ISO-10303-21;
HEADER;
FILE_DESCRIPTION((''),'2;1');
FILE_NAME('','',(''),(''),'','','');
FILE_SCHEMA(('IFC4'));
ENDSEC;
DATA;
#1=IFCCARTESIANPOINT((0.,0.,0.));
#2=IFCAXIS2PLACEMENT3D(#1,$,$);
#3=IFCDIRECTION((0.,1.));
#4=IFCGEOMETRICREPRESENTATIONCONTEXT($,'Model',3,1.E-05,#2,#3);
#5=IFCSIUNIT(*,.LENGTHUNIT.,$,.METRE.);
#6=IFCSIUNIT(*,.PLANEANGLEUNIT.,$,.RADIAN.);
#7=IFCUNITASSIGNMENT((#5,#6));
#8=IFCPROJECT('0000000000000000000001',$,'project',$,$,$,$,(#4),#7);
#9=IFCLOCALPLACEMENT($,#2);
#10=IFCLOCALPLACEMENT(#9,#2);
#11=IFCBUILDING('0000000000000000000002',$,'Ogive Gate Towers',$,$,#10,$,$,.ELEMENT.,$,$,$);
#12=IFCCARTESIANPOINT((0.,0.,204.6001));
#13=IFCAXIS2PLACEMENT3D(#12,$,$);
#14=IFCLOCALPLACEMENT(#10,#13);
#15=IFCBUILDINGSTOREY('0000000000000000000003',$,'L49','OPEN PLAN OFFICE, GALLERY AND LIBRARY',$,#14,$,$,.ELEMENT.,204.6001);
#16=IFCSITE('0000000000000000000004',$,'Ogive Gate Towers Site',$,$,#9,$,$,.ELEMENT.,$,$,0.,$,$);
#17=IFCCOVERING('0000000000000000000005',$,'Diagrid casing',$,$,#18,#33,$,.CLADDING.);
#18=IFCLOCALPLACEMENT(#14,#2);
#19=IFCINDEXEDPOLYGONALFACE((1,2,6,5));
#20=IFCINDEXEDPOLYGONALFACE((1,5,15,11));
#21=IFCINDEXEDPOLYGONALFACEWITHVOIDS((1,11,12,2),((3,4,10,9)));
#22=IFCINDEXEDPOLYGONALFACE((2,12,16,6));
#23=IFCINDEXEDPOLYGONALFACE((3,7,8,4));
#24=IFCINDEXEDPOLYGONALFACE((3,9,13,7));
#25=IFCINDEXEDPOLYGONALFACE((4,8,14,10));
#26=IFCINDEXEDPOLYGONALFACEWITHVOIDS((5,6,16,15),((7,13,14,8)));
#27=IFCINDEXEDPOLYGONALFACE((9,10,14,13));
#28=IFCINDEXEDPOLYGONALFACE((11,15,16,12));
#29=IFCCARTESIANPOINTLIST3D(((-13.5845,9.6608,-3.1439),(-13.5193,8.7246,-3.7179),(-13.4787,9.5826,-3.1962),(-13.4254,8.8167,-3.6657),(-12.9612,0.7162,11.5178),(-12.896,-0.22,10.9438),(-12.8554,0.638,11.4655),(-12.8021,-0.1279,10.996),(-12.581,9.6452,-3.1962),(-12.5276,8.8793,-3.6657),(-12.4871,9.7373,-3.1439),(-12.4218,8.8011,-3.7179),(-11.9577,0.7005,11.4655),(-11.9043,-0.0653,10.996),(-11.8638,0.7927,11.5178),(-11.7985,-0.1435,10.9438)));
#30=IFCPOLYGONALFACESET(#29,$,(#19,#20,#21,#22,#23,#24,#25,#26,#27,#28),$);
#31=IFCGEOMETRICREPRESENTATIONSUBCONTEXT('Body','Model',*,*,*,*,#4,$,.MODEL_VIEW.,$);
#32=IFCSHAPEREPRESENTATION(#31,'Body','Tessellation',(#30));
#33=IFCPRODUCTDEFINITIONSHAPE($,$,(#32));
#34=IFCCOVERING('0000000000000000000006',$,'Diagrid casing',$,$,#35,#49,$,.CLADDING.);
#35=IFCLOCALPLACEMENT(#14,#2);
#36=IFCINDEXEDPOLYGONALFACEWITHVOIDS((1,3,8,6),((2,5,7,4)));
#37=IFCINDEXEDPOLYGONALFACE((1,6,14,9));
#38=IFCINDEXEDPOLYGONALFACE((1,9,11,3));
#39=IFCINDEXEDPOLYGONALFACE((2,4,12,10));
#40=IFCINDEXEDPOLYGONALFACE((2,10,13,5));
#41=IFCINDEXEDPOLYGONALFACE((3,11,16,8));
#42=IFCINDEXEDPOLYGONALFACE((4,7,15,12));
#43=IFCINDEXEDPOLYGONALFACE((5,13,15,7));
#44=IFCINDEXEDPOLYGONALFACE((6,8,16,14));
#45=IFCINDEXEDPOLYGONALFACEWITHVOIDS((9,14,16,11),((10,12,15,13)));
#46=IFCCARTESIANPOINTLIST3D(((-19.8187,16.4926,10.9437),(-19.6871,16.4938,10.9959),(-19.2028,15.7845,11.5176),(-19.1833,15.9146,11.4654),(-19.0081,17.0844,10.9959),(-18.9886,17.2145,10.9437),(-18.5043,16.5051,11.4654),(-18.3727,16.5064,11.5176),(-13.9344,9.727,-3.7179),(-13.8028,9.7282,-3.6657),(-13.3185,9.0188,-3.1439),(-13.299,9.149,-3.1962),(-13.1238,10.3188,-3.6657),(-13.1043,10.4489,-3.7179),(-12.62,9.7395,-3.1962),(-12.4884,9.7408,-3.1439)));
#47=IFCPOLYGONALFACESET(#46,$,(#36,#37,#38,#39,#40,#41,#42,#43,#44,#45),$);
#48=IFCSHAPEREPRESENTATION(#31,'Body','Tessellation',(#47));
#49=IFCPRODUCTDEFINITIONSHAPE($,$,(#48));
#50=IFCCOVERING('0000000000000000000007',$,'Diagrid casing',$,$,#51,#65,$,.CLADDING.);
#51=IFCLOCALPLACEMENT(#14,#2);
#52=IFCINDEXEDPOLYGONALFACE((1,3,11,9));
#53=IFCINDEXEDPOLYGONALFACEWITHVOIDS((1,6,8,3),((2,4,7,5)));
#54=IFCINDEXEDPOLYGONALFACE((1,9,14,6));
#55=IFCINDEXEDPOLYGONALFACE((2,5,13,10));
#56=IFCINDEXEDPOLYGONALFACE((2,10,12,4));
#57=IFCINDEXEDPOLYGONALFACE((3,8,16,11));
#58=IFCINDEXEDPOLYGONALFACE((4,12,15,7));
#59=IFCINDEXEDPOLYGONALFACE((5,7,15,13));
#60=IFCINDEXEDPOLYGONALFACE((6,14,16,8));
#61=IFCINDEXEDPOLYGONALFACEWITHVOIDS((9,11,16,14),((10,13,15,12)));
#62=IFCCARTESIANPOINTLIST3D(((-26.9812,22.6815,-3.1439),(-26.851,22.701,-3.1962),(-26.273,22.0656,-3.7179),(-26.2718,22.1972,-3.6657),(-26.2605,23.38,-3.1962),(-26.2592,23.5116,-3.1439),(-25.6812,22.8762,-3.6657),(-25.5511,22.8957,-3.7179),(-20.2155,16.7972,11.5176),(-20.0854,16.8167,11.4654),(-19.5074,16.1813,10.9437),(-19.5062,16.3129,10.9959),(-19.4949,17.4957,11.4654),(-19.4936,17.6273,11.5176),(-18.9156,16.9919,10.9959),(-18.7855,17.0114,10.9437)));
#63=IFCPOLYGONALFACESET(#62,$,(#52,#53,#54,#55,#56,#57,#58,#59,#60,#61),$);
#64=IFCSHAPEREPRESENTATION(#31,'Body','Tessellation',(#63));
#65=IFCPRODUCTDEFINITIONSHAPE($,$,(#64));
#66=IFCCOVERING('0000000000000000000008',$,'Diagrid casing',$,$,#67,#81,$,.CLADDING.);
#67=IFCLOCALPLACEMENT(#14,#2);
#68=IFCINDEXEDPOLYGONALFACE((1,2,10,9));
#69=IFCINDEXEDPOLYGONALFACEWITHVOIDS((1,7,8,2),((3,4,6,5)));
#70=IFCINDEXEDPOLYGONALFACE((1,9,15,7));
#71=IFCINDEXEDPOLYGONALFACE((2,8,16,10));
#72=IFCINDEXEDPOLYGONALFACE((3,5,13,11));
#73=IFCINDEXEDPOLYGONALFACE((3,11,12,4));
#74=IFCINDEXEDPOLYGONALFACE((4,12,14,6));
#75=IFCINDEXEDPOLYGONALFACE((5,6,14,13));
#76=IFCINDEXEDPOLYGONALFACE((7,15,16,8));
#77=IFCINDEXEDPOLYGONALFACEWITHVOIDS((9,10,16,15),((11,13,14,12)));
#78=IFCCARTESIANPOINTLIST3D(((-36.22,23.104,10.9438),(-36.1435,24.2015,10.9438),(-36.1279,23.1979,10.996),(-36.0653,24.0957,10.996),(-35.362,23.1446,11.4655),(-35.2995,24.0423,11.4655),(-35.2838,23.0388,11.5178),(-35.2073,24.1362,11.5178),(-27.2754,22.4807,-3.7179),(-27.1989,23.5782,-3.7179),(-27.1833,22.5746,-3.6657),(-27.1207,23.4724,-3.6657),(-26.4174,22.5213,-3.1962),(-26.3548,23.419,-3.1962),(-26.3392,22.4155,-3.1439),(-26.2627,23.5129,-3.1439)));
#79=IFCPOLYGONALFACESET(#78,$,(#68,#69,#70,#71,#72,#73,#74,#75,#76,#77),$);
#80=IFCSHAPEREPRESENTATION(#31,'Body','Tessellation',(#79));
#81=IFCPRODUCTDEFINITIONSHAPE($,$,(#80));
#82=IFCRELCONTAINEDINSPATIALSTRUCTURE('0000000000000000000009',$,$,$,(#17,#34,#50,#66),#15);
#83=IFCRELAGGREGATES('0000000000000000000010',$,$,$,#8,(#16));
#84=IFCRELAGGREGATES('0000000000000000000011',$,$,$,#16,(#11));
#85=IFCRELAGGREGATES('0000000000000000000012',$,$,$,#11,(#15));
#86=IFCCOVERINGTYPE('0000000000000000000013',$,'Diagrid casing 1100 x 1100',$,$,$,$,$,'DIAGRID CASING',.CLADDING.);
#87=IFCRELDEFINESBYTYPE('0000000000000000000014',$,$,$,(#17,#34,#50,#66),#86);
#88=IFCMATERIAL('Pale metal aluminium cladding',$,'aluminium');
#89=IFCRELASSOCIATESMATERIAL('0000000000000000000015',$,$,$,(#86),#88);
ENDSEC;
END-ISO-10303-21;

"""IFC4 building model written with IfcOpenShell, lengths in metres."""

from ifc_helpers import new_model, si_unit, direction, frame, origin, origin_2d, place, context, subcontext, project, spatial, hollow_rectangle, extrude, material, material_profile, profile_set, type_object, element, save


model = new_model("IFC4")

# Units and contexts
model_context = context("Model", 3, precision=1e-05, world=origin(), true_north=direction((0.0, 1.0)))
body_context = subcontext(model_context, "Body", "Model", "MODEL_VIEW")
ifc_project = project(units=[si_unit("LENGTHUNIT", "METRE"), si_unit("PLANEANGLEUNIT", "RADIAN")], contexts=[model_context])

# Site, building, storey
site_placement = place(None, origin())
site = spatial("IfcSite", under=ifc_project, at=site_placement, Name="Ogive Gate Towers Site", CompositionType="ELEMENT", RefElevation=0.0)
building_placement = place(site_placement, origin())
building = spatial("IfcBuilding", under=site, at=building_placement, Name="Ogive Gate Towers", CompositionType="ELEMENT")
storey_placement = place(building_placement, frame((0.0, 0.0, 204.6001)))
storey = spatial("IfcBuildingStorey", under=building, at=storey_placement, Name="L49", Description="OPEN PLAN OFFICE, GALLERY AND LIBRARY", CompositionType="ELEMENT", Elevation=204.6001)

# Coverings
ifc_material_1 = material(Name="Pale metal aluminium cladding", Category="aluminium")
ifc_material_profile_1 = material_profile(ifc_material_1, hollow_rectangle(XDim=1.1001, YDim=1.1001, WallThickness=0.1001, at=origin_2d()), Name="1100 x 1100 pale metal casing")
ifc_profile_set_1 = profile_set([ifc_material_profile_1], Name="Pale metal aluminium cladding")
covering_type_1 = type_object("IfcCoveringType", Name="Diagrid casing 1100 x 1100", ElementType="DIAGRID CASING", PredefinedType="CLADDING", material=ifc_profile_set_1)
for number, where, z_axis, x_axis, name in (
    (1, (-13.0032, 9.231, -3.4309), (0.036267, -0.520459, 0.853116), (0.997581, 0.069515, 0.0), "Diagrid casing"),
    (2, (-13.2114, 9.7339, -3.4309), (-0.342386, 0.393669, 0.85311), (-0.754543, -0.65625, 0.0), "Diagrid casing"),
    (3, (-26.2661, 22.7886, -3.4309), (0.393669, -0.342386, 0.85311), (0.65625, 0.754543, 0.0), "Diagrid casing"),
    (4, (-26.769, 22.9968, -3.4309), (-0.520459, 0.036267, 0.853116), (-0.069515, -0.997581, 0.0), "Diagrid casing"),
):
    element("IfcCovering", number, at=place(storey_placement, frame(where, z_axis=z_axis, x_axis=x_axis)), inside=storey, type_object=covering_type_1, Name=name, PredefinedType="CLADDING", context=body_context, shape_type="SweptSolid", body=[
        extrude(hollow_rectangle(XDim=1.1001, YDim=1.1001, WallThickness=0.1001, at=origin_2d()), origin(), (0.0, 0.0, 1.0), 17.186),
    ])

save(model, "model.ifc")
